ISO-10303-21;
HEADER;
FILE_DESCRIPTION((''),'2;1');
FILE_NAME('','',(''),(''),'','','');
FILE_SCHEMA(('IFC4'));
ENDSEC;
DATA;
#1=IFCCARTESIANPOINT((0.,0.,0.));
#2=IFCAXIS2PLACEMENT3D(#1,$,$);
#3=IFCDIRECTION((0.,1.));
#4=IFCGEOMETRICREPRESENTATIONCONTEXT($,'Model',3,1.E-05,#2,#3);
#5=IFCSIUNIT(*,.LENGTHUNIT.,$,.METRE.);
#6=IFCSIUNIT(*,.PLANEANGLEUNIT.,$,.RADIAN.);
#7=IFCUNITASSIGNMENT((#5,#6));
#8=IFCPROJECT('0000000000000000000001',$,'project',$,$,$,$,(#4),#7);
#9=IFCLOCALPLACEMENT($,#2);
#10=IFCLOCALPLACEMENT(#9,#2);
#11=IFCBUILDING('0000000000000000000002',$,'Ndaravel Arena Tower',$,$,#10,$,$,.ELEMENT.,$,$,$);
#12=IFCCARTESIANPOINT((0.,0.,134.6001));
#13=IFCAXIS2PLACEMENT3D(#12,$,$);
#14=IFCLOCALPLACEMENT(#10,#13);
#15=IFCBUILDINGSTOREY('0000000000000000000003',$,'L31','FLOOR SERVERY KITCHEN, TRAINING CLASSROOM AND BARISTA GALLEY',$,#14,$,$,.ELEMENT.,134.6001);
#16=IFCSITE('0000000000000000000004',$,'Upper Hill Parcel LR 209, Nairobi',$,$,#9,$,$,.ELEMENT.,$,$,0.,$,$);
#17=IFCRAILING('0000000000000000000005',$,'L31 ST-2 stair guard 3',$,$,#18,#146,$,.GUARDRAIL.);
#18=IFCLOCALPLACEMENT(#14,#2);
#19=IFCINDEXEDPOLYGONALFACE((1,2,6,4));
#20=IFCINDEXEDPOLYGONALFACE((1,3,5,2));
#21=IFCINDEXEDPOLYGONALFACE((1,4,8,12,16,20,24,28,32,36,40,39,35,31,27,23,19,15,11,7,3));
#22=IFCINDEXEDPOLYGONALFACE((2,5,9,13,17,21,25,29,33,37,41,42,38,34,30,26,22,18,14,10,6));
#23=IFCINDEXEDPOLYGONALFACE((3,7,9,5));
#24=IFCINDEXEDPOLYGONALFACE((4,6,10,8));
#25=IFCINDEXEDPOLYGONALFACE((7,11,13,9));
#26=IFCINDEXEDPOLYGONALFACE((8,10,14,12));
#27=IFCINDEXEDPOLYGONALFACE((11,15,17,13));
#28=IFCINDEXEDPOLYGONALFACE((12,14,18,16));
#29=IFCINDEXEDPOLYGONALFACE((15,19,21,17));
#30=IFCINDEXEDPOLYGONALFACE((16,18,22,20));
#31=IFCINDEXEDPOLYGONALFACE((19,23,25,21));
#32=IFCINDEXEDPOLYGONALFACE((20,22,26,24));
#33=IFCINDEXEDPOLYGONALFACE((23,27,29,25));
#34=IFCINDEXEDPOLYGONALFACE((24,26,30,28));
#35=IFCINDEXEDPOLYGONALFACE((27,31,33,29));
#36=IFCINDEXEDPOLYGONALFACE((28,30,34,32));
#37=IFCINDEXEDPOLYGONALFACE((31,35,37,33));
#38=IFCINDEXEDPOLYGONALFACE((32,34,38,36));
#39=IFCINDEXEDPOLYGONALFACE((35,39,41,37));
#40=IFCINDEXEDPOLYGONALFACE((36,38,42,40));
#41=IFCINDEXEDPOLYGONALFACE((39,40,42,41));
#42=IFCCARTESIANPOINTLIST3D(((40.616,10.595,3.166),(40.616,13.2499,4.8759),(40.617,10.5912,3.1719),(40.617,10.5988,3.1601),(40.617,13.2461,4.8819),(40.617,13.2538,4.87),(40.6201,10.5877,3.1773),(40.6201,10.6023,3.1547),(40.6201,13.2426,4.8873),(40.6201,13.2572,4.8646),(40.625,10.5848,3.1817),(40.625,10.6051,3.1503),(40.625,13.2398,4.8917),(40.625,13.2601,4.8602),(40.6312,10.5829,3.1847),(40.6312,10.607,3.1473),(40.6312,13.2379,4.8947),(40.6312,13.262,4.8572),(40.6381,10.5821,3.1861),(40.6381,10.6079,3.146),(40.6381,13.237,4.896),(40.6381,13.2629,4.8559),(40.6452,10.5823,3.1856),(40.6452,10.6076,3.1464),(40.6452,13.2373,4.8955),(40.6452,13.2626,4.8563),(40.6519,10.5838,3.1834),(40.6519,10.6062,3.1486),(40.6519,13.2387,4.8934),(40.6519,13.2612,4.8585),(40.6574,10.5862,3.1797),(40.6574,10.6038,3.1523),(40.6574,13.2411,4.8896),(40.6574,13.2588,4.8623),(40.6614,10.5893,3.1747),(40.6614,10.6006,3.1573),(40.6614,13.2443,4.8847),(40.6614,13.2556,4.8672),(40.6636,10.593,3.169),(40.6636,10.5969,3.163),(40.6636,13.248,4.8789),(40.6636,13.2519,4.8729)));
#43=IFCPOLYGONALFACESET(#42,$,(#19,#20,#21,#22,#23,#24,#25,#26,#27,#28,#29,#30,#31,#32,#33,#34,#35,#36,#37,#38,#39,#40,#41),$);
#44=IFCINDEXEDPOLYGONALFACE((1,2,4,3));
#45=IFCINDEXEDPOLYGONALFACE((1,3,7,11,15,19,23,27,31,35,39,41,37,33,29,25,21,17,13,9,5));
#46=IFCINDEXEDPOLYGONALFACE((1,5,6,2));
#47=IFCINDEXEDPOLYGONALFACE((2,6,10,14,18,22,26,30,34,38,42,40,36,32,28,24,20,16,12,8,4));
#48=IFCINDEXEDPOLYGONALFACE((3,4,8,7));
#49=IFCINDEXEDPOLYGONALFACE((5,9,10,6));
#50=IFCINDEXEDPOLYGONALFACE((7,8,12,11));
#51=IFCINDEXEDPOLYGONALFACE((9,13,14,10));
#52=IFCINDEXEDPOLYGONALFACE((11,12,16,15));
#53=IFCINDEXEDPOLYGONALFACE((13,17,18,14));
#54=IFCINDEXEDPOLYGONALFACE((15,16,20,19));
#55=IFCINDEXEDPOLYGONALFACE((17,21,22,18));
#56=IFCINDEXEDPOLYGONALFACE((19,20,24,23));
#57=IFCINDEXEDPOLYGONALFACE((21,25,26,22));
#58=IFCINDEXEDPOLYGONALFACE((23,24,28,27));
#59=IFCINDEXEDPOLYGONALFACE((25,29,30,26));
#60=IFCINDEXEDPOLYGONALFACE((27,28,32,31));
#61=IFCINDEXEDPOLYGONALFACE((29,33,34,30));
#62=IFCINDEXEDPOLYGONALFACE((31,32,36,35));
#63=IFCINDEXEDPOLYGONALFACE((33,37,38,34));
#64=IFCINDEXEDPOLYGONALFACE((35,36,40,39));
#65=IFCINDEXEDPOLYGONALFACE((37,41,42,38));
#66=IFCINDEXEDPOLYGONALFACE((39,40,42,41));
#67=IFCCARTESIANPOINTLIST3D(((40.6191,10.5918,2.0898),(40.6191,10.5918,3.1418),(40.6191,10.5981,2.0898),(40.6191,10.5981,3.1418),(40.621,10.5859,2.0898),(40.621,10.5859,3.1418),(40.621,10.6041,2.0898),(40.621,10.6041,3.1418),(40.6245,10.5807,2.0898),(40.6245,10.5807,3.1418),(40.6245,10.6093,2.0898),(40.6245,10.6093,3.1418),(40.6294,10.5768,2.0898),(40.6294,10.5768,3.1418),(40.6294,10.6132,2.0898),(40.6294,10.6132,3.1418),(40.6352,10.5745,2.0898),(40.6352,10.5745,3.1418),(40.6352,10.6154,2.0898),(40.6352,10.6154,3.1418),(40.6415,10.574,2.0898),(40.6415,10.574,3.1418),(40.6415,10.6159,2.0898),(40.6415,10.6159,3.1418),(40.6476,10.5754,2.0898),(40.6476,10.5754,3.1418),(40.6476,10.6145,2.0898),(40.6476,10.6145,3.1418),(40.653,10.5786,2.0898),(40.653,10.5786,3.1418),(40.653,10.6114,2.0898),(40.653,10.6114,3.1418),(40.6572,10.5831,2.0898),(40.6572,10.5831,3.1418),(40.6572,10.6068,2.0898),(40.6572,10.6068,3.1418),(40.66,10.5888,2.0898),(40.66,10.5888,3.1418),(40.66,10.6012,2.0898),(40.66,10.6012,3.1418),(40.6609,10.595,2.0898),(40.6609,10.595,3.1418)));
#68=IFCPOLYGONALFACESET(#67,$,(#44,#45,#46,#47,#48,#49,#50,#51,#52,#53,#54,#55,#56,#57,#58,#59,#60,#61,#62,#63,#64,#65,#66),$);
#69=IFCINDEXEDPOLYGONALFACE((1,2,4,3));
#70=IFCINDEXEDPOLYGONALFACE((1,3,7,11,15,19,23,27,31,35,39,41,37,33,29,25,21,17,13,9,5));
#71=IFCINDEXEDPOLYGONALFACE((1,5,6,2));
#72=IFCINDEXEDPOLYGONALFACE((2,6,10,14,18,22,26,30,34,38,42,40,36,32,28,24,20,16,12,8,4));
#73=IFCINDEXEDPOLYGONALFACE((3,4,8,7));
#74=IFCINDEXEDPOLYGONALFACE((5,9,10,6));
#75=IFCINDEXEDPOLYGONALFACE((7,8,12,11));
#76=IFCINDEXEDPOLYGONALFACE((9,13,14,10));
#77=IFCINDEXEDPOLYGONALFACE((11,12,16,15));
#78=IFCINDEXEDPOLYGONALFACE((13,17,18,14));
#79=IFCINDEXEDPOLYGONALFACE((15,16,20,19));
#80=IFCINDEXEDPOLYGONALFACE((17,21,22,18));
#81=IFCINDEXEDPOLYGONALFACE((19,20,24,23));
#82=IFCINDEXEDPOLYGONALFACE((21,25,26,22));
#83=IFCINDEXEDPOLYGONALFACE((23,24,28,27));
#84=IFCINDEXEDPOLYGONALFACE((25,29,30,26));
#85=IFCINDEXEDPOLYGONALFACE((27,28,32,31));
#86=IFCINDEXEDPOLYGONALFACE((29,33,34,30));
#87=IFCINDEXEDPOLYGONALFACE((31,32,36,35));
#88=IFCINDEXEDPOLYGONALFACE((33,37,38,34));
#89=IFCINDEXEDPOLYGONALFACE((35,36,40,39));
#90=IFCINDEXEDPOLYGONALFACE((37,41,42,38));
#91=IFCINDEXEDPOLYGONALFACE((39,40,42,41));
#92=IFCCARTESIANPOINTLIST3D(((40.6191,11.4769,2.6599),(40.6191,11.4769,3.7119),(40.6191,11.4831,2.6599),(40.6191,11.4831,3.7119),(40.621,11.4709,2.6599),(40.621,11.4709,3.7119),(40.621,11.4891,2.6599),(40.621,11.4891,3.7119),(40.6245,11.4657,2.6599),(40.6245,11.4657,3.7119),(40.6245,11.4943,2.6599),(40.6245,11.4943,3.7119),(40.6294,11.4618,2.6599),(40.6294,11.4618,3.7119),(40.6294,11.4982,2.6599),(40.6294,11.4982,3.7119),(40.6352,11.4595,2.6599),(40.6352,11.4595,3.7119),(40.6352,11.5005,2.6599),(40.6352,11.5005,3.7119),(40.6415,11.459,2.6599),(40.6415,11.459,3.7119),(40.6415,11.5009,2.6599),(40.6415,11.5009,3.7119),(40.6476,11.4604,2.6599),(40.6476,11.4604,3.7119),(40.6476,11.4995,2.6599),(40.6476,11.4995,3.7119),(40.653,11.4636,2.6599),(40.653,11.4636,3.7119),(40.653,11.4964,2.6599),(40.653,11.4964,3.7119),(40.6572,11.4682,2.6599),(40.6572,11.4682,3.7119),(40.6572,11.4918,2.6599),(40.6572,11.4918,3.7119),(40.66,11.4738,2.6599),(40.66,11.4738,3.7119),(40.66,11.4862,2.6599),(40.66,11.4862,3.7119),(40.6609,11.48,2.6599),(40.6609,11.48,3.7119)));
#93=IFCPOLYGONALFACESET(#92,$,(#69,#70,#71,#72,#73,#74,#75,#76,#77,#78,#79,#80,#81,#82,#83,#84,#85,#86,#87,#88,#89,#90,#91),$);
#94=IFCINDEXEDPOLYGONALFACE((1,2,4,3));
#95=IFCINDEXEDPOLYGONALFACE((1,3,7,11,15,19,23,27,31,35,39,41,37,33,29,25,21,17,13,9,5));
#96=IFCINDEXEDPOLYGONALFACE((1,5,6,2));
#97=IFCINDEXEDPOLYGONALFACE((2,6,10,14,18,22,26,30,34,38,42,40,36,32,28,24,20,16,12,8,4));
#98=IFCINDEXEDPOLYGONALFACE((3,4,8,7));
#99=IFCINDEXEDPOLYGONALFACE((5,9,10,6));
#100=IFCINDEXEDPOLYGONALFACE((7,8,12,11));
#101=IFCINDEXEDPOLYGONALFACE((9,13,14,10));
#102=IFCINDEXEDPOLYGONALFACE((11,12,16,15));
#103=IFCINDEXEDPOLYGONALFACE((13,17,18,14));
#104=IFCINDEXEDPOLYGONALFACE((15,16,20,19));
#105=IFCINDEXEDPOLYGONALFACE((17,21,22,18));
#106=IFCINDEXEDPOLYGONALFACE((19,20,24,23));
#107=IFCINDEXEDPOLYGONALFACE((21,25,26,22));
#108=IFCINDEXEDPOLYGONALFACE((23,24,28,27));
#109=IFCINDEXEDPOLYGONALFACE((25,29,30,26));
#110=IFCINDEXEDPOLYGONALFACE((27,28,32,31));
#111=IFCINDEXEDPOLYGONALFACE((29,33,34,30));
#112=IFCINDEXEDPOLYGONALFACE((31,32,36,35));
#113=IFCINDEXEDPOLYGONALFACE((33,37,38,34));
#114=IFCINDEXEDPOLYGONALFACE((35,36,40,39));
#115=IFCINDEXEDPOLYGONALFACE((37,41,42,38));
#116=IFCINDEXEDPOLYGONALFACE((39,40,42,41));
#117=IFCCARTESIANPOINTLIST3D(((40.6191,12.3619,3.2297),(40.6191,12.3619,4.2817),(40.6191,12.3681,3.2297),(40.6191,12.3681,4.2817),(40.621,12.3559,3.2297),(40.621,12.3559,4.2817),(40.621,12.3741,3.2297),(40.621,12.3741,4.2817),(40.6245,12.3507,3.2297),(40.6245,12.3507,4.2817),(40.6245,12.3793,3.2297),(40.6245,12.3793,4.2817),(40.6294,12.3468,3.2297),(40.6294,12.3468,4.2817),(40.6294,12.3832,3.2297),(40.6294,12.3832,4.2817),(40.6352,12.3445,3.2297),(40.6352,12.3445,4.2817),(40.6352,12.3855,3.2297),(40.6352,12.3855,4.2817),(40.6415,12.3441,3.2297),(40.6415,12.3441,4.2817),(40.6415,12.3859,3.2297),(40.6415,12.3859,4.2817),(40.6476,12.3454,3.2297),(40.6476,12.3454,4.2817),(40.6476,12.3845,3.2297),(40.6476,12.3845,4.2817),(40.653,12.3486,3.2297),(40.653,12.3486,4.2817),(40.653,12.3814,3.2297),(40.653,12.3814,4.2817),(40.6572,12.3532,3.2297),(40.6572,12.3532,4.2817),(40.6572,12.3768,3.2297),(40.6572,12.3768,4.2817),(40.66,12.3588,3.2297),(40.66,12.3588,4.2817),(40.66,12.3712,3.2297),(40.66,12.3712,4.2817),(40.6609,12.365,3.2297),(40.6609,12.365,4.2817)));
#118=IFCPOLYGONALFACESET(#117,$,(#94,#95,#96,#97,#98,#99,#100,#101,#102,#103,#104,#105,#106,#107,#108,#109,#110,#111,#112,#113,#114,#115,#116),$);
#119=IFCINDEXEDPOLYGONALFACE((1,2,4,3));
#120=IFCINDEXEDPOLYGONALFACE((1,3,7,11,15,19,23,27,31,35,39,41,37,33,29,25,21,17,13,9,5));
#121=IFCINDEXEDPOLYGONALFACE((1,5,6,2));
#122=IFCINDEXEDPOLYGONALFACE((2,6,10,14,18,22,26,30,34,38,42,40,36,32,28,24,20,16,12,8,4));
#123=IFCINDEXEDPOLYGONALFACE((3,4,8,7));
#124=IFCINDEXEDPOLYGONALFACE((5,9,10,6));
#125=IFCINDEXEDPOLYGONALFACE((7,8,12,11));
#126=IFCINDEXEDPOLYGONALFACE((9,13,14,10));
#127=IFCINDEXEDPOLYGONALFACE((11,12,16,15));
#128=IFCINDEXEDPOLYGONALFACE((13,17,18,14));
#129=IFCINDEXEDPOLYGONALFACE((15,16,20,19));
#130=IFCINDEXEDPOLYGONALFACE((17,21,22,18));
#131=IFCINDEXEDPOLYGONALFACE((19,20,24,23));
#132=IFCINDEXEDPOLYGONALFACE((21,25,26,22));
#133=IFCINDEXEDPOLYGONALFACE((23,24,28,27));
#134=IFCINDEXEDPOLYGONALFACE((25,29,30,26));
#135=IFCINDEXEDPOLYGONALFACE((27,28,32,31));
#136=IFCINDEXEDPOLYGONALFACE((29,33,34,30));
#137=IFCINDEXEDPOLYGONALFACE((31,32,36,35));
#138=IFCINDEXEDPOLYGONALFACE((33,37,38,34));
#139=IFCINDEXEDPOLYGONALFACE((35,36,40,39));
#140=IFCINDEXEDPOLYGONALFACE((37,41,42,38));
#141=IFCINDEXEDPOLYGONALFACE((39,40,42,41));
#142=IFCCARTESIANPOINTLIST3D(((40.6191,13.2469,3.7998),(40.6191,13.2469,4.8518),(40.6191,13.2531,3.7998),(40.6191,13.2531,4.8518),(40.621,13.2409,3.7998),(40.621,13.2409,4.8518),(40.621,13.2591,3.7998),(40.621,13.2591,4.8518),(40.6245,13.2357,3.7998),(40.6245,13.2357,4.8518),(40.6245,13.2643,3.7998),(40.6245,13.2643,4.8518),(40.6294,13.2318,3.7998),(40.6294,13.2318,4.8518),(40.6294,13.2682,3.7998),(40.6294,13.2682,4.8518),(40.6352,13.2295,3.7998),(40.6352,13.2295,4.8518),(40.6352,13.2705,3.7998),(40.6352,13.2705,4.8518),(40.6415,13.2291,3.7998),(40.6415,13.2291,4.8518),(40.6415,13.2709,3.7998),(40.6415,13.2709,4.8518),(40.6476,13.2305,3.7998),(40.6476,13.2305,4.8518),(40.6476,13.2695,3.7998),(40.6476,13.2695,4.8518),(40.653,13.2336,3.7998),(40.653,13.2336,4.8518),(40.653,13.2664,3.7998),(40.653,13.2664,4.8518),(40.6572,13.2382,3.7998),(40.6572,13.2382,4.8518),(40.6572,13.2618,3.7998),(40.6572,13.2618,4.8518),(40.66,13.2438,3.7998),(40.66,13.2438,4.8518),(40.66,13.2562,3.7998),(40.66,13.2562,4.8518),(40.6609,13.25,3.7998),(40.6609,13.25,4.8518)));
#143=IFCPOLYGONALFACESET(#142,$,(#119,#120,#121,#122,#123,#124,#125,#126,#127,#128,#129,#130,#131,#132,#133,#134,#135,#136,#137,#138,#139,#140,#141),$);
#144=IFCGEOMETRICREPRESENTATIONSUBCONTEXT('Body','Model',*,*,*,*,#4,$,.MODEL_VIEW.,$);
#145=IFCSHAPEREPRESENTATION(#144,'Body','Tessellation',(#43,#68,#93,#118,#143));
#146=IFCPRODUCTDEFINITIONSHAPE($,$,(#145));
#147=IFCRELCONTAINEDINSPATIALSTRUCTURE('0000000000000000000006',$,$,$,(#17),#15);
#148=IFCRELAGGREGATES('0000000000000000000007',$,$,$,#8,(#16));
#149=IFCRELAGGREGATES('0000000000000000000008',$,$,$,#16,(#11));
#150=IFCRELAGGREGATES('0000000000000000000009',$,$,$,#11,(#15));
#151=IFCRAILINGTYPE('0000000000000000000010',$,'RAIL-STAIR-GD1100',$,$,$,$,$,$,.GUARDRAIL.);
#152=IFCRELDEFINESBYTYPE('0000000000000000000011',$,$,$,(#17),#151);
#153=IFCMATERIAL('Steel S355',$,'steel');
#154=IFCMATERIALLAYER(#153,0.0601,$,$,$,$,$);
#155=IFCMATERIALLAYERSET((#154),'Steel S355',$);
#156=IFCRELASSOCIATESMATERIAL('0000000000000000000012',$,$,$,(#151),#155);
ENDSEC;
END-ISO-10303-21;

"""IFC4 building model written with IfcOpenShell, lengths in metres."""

from ifc_helpers import new_model, si_unit, direction, frame, origin, origin_2d, place, context, subcontext, project, spatial, circle, extrude, material, layer, layer_set, type_object, element, save


model = new_model("IFC4")

# Units and contexts
model_context = context("Model", 3, precision=1e-05, world=origin(), true_north=direction((0.0, 1.0)))
body_context = subcontext(model_context, "Body", "Model", "MODEL_VIEW")
ifc_project = project(units=[si_unit("LENGTHUNIT", "METRE"), si_unit("PLANEANGLEUNIT", "RADIAN")], contexts=[model_context])

# Site, building, storey
site_placement = place(None, origin())
site = spatial("IfcSite", under=ifc_project, at=site_placement, Name="Upper Hill Parcel LR 209, Nairobi", CompositionType="ELEMENT", RefElevation=0.0)
building_placement = place(site_placement, origin())
building = spatial("IfcBuilding", under=site, at=building_placement, Name="Ndaravel Arena Tower", CompositionType="ELEMENT")
storey_placement = place(building_placement, frame((0.0, 0.0, 134.6001)))
storey = spatial("IfcBuildingStorey", under=building, at=storey_placement, Name="L31", Description="FLOOR SERVERY KITCHEN, TRAINING CLASSROOM AND BARISTA GALLEY", CompositionType="ELEMENT", Elevation=134.6001)

# Railing
ifc_material_1 = material(Name="Steel S355", Category="steel")
ifc_layer_1 = layer(ifc_material_1, 0.0601)
ifc_layer_set_1 = layer_set([ifc_layer_1], Name="Steel S355")
railing_type_1 = type_object("IfcRailingType", Name="RAIL-STAIR-GD1100", PredefinedType="GUARDRAIL", material=ifc_layer_set_1)
railing_1_placement = place(storey_placement, frame((40.6399, 10.595, 2.0898)))
element("IfcRailing", 1, at=railing_1_placement, inside=storey, type_object=railing_type_1, Name="L31 ST-2 stair guard 3", PredefinedType="GUARDRAIL", context=body_context, shape_type="SweptSolid", body=[
    extrude(circle(Radius=0.0239, at=origin_2d()), frame((0.0, 0.0, 1.0762), z_axis=(0.0, 0.840724, 0.541465), x_axis=(-1.0, 0.0, 0.0)), (0.0, 0.0, 1.0), 3.158),
    extrude(circle(Radius=0.021, at=origin_2d()), origin(), (0.0, 0.0, 1.0), 1.052),
    extrude(circle(Radius=0.021, at=origin_2d()), frame((0.0, 0.885, 0.5701)), (0.0, 0.0, 1.0), 1.052),
    extrude(circle(Radius=0.021, at=origin_2d()), frame((0.0, 1.77, 1.1399)), (0.0, 0.0, 1.0), 1.052),
    extrude(circle(Radius=0.021, at=origin_2d()), frame((0.0, 2.655, 1.71)), (0.0, 0.0, 1.0), 1.052),
])

save(model, "model.ifc")
